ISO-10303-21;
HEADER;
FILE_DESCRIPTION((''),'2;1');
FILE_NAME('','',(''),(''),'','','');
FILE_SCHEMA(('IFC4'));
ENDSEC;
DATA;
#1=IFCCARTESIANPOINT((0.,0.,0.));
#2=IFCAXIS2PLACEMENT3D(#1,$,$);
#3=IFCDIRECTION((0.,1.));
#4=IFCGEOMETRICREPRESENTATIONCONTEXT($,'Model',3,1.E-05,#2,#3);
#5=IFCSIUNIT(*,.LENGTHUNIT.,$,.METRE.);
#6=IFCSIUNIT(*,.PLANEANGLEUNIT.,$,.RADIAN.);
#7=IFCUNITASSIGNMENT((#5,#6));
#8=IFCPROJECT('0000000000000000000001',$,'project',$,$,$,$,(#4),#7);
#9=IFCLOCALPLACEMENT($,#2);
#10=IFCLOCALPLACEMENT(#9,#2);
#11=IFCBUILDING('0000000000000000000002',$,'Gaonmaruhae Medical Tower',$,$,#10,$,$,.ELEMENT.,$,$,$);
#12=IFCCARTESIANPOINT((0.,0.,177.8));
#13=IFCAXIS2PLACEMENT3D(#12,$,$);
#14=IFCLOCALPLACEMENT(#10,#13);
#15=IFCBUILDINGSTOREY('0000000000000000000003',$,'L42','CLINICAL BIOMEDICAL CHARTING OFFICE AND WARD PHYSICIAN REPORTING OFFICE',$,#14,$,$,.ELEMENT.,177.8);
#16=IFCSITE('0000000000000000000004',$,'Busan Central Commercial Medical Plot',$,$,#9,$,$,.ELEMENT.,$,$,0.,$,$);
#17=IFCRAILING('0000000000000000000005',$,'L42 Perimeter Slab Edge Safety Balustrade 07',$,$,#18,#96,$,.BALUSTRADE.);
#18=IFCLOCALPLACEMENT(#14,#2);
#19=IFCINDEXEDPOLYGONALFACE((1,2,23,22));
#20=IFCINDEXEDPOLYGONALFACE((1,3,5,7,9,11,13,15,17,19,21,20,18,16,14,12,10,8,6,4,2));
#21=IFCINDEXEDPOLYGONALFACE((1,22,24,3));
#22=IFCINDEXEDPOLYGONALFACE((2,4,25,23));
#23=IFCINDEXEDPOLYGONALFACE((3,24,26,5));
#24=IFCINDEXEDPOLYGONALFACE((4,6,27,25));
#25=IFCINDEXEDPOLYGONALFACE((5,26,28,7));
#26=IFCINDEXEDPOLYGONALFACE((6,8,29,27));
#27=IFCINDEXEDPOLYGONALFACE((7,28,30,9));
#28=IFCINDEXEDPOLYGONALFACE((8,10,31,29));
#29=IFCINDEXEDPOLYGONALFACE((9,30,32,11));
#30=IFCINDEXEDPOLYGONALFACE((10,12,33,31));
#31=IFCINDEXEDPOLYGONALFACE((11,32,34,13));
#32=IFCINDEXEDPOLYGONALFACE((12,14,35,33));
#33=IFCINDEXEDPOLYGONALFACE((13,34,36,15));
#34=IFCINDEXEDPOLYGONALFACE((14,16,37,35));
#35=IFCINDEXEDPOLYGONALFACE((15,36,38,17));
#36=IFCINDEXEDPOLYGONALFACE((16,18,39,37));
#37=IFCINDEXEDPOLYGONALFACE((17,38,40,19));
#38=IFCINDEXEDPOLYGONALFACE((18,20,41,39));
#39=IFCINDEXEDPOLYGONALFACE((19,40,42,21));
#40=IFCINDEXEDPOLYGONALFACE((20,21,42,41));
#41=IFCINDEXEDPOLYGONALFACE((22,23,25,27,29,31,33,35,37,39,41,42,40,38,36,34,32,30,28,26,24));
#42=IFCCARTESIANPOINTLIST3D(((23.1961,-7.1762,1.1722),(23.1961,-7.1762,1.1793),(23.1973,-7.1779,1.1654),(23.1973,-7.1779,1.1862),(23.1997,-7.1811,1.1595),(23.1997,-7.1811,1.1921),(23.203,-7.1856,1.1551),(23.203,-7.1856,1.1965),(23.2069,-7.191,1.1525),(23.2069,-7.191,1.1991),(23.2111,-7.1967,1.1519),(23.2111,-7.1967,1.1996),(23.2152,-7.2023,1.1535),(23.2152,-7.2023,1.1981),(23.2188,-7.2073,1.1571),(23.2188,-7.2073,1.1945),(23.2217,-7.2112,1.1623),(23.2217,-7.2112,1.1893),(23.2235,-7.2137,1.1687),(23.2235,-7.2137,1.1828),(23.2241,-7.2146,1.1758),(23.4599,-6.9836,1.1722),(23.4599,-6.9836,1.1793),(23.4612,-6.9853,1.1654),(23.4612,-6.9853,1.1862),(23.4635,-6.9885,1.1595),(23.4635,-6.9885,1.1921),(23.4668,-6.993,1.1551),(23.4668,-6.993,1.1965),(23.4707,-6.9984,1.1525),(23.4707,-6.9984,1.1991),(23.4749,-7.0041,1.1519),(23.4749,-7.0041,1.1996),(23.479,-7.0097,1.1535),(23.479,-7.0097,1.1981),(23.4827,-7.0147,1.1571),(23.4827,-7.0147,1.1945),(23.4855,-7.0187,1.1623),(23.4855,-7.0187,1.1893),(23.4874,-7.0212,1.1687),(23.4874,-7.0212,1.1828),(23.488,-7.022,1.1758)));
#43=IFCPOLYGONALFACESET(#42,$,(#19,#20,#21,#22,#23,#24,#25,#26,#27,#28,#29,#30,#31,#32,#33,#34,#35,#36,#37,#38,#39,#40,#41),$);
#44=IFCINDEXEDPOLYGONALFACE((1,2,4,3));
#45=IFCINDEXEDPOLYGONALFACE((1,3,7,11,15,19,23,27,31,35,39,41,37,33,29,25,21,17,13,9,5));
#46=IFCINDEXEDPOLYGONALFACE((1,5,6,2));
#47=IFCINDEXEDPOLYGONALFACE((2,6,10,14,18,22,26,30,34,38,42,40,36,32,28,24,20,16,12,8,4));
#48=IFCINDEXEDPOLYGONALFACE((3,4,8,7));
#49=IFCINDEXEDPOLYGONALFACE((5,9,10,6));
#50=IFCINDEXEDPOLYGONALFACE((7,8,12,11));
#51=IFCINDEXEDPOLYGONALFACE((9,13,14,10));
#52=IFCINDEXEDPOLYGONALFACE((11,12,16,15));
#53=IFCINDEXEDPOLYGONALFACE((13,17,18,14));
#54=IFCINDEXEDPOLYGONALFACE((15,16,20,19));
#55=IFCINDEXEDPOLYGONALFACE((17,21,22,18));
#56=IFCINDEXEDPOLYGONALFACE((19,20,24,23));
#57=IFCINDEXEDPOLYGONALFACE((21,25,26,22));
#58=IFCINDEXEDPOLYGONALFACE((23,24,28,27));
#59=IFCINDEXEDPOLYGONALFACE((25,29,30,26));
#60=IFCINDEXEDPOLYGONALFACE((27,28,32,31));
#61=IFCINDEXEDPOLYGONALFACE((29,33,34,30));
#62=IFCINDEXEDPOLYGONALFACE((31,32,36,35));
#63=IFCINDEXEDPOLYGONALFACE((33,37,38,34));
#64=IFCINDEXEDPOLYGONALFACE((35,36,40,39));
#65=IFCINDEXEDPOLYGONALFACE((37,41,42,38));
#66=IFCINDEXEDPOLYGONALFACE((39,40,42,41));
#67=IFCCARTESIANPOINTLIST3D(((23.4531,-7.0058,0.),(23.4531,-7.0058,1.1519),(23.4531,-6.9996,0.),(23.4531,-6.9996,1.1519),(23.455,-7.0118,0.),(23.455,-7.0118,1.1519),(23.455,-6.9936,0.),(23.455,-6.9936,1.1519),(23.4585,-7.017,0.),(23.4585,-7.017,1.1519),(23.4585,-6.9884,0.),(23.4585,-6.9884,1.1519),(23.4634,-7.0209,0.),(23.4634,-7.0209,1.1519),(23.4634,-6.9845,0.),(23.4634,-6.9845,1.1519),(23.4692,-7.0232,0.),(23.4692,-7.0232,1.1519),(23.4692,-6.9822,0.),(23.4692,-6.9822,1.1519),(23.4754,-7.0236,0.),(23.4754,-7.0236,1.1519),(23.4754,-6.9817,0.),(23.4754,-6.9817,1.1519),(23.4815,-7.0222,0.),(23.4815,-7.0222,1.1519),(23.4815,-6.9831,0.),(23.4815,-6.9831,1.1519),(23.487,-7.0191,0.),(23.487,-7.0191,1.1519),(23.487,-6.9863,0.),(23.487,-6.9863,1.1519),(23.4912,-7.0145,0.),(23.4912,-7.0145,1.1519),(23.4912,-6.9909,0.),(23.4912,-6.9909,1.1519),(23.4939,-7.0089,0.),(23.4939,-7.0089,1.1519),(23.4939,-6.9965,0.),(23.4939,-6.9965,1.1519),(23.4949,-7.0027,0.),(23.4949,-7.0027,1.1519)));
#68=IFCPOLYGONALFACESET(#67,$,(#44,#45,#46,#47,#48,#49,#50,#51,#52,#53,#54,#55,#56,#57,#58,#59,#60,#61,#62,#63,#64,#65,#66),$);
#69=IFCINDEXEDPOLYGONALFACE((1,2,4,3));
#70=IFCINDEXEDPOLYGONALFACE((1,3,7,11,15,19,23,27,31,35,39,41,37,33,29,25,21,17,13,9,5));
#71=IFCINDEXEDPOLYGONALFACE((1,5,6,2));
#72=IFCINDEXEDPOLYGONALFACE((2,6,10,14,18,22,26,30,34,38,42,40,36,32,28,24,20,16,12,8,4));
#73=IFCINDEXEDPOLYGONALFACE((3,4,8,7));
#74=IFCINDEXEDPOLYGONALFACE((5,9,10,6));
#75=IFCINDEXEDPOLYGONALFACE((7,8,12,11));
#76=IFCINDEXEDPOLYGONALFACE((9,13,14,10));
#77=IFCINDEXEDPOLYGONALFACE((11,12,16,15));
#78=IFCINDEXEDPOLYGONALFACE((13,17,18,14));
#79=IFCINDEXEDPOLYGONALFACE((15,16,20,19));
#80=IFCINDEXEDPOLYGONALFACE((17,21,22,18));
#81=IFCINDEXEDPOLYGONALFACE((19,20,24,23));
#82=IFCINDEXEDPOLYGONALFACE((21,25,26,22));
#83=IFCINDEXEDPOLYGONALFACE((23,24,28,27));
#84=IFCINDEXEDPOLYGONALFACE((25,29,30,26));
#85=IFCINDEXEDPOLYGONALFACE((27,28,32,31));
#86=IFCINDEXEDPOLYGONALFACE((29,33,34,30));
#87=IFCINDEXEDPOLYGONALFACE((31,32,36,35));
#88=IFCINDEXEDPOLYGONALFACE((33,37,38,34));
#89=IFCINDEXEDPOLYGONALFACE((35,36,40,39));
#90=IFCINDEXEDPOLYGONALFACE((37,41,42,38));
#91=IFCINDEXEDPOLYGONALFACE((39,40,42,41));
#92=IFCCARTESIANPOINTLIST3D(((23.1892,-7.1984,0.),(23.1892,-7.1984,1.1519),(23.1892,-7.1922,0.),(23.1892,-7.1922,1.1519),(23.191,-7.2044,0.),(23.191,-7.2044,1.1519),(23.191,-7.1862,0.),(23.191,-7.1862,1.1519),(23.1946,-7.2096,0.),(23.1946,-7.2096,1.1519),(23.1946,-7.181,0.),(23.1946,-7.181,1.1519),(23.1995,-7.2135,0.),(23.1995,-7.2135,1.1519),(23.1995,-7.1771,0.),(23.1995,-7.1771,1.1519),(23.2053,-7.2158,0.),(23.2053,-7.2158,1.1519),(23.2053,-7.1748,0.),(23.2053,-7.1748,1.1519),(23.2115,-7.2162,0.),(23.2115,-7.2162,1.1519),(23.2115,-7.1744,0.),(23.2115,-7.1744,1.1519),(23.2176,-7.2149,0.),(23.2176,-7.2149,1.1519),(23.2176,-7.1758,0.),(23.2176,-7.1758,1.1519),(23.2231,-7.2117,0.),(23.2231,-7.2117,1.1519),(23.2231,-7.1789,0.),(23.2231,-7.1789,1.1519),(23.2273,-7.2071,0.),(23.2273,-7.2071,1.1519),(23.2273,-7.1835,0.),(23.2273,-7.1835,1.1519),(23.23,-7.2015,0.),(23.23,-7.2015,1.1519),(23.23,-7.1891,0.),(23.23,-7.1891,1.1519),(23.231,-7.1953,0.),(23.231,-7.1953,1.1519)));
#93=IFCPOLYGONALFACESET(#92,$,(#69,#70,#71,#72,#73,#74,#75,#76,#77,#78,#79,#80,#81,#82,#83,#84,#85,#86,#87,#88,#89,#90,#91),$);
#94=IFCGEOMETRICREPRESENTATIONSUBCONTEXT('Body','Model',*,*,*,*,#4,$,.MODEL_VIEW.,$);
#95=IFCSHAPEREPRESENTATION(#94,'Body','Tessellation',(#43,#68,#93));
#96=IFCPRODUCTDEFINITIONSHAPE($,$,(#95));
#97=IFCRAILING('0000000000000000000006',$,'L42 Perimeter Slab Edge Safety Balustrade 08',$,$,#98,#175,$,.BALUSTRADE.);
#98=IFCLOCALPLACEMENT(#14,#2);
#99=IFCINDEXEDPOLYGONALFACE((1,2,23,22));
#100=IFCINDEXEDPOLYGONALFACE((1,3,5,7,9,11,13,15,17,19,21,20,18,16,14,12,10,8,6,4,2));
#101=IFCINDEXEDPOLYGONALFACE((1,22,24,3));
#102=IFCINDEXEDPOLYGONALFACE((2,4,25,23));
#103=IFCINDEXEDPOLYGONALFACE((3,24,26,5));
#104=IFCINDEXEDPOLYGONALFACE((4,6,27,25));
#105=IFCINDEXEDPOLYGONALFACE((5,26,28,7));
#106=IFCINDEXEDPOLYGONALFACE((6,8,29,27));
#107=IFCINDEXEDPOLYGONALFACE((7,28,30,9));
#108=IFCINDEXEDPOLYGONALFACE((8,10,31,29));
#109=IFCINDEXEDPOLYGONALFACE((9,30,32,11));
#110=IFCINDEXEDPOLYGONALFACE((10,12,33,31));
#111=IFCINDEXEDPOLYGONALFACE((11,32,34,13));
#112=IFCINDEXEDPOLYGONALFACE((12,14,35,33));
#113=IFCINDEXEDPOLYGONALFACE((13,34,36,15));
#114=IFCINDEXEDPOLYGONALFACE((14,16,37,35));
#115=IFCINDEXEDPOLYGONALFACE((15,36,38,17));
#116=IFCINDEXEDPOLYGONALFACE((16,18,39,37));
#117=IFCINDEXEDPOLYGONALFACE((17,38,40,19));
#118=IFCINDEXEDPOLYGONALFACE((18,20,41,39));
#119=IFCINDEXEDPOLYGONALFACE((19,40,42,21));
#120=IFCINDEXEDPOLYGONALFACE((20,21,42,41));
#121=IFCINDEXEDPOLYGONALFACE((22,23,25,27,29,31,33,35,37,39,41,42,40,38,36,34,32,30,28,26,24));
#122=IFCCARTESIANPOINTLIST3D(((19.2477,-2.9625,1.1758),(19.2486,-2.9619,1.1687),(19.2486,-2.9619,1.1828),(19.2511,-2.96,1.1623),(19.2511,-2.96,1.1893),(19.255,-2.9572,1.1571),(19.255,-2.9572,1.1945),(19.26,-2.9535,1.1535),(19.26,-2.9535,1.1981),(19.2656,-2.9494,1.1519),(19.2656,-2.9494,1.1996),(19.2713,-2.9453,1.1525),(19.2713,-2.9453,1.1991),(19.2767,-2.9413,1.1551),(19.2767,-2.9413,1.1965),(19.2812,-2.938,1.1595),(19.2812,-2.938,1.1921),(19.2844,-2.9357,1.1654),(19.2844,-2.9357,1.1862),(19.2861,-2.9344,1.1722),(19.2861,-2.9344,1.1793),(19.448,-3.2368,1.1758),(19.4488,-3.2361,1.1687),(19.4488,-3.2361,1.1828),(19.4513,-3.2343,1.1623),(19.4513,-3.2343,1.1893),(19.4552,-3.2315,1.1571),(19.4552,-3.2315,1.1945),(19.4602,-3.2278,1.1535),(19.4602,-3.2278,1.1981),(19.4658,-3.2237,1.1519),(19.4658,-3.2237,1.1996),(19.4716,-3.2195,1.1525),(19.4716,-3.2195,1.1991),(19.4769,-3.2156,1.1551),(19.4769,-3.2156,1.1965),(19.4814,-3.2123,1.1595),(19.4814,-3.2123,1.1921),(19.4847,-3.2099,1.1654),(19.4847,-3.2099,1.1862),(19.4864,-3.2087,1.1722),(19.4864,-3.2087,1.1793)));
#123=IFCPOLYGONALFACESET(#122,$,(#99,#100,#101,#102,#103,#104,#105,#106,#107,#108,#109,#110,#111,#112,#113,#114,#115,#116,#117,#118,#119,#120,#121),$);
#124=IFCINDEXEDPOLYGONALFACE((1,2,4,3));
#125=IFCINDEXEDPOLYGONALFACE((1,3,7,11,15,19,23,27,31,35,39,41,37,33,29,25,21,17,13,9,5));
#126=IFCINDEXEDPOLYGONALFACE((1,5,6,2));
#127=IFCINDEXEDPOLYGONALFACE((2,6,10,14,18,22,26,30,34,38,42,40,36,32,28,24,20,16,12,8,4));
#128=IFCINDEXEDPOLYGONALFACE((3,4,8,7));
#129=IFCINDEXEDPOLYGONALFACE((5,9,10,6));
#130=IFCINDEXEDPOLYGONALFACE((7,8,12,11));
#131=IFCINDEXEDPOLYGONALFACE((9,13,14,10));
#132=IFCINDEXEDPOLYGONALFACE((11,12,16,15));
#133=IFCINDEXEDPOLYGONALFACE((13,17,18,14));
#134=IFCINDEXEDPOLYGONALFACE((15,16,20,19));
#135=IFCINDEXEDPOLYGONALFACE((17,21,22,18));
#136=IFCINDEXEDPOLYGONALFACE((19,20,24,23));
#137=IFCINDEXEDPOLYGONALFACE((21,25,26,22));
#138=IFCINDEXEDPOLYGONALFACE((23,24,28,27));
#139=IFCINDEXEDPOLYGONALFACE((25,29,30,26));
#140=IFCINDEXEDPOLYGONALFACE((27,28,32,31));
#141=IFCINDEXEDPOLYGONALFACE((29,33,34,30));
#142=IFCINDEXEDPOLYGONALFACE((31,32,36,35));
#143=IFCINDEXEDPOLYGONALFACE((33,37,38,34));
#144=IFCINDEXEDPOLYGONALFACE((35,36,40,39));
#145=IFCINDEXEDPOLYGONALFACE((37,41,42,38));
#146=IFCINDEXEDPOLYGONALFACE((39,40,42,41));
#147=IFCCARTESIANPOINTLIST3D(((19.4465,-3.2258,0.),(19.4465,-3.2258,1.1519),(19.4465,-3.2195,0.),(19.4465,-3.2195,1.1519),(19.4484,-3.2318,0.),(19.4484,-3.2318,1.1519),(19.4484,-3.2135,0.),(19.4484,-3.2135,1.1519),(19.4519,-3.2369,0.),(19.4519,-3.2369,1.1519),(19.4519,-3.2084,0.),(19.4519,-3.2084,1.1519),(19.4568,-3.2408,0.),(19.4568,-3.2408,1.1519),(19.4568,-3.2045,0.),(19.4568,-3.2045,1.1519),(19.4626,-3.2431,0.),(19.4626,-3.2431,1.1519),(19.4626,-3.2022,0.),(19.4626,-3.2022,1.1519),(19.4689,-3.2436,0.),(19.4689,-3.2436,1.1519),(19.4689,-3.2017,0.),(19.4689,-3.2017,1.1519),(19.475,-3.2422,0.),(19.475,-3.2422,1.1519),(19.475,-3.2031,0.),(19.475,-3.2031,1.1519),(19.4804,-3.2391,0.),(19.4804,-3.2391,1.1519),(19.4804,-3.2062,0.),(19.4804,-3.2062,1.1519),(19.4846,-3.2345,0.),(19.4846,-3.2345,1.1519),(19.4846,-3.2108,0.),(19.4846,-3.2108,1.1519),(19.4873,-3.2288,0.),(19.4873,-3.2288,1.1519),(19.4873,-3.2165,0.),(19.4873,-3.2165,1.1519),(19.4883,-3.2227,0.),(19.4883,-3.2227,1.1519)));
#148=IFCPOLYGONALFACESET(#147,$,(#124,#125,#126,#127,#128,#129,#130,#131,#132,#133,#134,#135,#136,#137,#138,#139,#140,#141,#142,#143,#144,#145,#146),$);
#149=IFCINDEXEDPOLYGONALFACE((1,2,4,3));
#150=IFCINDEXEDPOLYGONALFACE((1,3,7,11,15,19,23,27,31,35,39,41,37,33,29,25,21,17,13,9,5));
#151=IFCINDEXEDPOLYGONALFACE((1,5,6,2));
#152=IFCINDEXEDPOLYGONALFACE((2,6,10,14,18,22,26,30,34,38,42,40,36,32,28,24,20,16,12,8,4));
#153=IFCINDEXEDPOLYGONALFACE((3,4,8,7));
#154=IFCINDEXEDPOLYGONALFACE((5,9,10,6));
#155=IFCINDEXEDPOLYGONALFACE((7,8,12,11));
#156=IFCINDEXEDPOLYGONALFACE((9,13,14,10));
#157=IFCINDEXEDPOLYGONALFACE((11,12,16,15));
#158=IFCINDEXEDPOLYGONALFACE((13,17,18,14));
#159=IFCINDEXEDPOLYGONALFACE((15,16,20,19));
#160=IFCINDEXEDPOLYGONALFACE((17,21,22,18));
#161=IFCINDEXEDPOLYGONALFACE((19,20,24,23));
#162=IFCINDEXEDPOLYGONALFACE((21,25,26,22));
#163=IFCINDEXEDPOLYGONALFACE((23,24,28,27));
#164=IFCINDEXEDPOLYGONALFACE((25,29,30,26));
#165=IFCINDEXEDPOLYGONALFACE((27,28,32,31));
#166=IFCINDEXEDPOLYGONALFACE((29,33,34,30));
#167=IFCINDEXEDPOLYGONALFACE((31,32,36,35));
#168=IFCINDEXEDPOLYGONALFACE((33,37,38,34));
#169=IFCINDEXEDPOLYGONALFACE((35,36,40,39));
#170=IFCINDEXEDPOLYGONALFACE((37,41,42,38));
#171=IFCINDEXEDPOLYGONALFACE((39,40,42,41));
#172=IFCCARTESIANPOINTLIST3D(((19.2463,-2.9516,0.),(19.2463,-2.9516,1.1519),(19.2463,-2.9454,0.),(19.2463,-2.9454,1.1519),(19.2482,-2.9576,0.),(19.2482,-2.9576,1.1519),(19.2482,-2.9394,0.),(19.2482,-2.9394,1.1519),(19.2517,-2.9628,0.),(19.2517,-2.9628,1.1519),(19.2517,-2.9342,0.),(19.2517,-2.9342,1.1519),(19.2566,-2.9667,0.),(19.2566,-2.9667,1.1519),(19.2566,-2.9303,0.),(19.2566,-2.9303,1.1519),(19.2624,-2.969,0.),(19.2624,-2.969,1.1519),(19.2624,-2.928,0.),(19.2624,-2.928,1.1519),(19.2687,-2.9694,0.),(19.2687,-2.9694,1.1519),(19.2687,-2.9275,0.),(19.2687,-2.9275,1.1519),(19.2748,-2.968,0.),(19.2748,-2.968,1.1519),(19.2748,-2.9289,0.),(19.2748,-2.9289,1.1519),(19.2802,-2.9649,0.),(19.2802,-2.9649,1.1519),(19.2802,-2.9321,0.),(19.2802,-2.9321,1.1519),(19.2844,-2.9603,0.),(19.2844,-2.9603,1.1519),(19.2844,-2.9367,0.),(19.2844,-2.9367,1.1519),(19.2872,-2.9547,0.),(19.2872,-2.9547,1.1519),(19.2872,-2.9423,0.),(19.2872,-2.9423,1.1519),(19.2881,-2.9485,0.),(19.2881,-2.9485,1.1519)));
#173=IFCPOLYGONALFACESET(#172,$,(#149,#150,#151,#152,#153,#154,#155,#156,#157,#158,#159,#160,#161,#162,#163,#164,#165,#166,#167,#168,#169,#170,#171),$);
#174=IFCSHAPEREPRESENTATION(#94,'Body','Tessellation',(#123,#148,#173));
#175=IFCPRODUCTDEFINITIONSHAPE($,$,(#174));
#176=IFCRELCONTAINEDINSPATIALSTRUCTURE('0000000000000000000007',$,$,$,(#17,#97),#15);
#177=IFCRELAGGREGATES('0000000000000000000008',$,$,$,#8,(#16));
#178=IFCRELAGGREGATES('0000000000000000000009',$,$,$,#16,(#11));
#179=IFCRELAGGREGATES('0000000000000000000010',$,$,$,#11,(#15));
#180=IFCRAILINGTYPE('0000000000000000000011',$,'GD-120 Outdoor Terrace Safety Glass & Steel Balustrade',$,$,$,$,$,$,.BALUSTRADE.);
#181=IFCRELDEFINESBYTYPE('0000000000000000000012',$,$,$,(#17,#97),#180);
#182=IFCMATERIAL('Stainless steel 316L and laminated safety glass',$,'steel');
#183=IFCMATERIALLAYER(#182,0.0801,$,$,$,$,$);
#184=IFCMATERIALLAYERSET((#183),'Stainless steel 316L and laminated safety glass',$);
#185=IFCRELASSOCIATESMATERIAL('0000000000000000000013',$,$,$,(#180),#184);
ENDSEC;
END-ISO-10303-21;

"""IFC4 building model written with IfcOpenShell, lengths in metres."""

from ifc_helpers import new_model, si_unit, direction, frame, origin, origin_2d, place, context, subcontext, project, spatial, circle, extrude, material, layer, layer_set, type_object, element, save


model = new_model("IFC4")

# Units and contexts
model_context = context("Model", 3, precision=1e-05, world=origin(), true_north=direction((0.0, 1.0)))
body_context = subcontext(model_context, "Body", "Model", "MODEL_VIEW")
ifc_project = project(units=[si_unit("LENGTHUNIT", "METRE"), si_unit("PLANEANGLEUNIT", "RADIAN")], contexts=[model_context])

# Site, building, storey
site_placement = place(None, origin())
site = spatial("IfcSite", under=ifc_project, at=site_placement, Name="Busan Central Commercial Medical Plot", CompositionType="ELEMENT", RefElevation=0.0)
building_placement = place(site_placement, origin())
building = spatial("IfcBuilding", under=site, at=building_placement, Name="Gaonmaruhae Medical Tower", CompositionType="ELEMENT")
storey_placement = place(building_placement, frame((0.0, 0.0, 177.8)))
storey = spatial("IfcBuildingStorey", under=building, at=storey_placement, Name="L42", Description="CLINICAL BIOMEDICAL CHARTING OFFICE AND WARD PHYSICIAN REPORTING OFFICE", CompositionType="ELEMENT", Elevation=177.8)

# Railings
ifc_material_1 = material(Name="Stainless steel 316L and laminated safety glass", Category="steel")
ifc_layer_1 = layer(ifc_material_1, 0.0801)
ifc_layer_set_1 = layer_set([ifc_layer_1], Name="Stainless steel 316L and laminated safety glass")
railing_type = type_object("IfcRailingType", Name="GD-120 Outdoor Terrace Safety Glass & Steel Balustrade", PredefinedType="BALUSTRADE", material=ifc_layer_set_1)
railing_1_placement = place(storey_placement, frame((23.4739, -7.0027, 0.0)))
element("IfcRailing", 1, at=railing_1_placement, inside=storey, type_object=railing_type, Name="L42 Perimeter Slab Edge Safety Balustrade 07", PredefinedType="BALUSTRADE", context=body_context, shape_type="SweptSolid", body=[
    extrude(circle(Radius=0.0239, at=origin_2d()), frame((0.0, 0.0, 1.1758), z_axis=(-0.807733, -0.589548, 0.0), x_axis=(0.589548, -0.807733, 0.0)), (0.0, 0.0, 1.0), 0.3267),
    extrude(circle(Radius=0.021, at=origin_2d()), origin(), (0.0, 0.0, 1.0), 1.1519),
    extrude(circle(Radius=0.021, at=origin_2d()), frame((-0.2639, -0.1926, 0.0)), (0.0, 0.0, 1.0), 1.1519),
])
railing_2_placement = place(storey_placement, frame((19.4673, -3.2227, 0.0)))
element("IfcRailing", 2, at=railing_2_placement, inside=storey, type_object=railing_type, Name="L42 Perimeter Slab Edge Safety Balustrade 08", PredefinedType="BALUSTRADE", context=body_context, shape_type="SweptSolid", body=[
    extrude(circle(Radius=0.0239, at=origin_2d()), frame((0.0, 0.0, 1.1758), z_axis=(-0.58971, 0.807615, 0.0), x_axis=(-0.807615, -0.58971, 0.0)), (0.0, 0.0, 1.0), 0.3396),
    extrude(circle(Radius=0.021, at=origin_2d()), origin(), (0.0, 0.0, 1.0), 1.1519),
    extrude(circle(Radius=0.021, at=origin_2d()), frame((-0.2002, 0.2742, 0.0)), (0.0, 0.0, 1.0), 1.1519),
])

save(model, "model.ifc")
